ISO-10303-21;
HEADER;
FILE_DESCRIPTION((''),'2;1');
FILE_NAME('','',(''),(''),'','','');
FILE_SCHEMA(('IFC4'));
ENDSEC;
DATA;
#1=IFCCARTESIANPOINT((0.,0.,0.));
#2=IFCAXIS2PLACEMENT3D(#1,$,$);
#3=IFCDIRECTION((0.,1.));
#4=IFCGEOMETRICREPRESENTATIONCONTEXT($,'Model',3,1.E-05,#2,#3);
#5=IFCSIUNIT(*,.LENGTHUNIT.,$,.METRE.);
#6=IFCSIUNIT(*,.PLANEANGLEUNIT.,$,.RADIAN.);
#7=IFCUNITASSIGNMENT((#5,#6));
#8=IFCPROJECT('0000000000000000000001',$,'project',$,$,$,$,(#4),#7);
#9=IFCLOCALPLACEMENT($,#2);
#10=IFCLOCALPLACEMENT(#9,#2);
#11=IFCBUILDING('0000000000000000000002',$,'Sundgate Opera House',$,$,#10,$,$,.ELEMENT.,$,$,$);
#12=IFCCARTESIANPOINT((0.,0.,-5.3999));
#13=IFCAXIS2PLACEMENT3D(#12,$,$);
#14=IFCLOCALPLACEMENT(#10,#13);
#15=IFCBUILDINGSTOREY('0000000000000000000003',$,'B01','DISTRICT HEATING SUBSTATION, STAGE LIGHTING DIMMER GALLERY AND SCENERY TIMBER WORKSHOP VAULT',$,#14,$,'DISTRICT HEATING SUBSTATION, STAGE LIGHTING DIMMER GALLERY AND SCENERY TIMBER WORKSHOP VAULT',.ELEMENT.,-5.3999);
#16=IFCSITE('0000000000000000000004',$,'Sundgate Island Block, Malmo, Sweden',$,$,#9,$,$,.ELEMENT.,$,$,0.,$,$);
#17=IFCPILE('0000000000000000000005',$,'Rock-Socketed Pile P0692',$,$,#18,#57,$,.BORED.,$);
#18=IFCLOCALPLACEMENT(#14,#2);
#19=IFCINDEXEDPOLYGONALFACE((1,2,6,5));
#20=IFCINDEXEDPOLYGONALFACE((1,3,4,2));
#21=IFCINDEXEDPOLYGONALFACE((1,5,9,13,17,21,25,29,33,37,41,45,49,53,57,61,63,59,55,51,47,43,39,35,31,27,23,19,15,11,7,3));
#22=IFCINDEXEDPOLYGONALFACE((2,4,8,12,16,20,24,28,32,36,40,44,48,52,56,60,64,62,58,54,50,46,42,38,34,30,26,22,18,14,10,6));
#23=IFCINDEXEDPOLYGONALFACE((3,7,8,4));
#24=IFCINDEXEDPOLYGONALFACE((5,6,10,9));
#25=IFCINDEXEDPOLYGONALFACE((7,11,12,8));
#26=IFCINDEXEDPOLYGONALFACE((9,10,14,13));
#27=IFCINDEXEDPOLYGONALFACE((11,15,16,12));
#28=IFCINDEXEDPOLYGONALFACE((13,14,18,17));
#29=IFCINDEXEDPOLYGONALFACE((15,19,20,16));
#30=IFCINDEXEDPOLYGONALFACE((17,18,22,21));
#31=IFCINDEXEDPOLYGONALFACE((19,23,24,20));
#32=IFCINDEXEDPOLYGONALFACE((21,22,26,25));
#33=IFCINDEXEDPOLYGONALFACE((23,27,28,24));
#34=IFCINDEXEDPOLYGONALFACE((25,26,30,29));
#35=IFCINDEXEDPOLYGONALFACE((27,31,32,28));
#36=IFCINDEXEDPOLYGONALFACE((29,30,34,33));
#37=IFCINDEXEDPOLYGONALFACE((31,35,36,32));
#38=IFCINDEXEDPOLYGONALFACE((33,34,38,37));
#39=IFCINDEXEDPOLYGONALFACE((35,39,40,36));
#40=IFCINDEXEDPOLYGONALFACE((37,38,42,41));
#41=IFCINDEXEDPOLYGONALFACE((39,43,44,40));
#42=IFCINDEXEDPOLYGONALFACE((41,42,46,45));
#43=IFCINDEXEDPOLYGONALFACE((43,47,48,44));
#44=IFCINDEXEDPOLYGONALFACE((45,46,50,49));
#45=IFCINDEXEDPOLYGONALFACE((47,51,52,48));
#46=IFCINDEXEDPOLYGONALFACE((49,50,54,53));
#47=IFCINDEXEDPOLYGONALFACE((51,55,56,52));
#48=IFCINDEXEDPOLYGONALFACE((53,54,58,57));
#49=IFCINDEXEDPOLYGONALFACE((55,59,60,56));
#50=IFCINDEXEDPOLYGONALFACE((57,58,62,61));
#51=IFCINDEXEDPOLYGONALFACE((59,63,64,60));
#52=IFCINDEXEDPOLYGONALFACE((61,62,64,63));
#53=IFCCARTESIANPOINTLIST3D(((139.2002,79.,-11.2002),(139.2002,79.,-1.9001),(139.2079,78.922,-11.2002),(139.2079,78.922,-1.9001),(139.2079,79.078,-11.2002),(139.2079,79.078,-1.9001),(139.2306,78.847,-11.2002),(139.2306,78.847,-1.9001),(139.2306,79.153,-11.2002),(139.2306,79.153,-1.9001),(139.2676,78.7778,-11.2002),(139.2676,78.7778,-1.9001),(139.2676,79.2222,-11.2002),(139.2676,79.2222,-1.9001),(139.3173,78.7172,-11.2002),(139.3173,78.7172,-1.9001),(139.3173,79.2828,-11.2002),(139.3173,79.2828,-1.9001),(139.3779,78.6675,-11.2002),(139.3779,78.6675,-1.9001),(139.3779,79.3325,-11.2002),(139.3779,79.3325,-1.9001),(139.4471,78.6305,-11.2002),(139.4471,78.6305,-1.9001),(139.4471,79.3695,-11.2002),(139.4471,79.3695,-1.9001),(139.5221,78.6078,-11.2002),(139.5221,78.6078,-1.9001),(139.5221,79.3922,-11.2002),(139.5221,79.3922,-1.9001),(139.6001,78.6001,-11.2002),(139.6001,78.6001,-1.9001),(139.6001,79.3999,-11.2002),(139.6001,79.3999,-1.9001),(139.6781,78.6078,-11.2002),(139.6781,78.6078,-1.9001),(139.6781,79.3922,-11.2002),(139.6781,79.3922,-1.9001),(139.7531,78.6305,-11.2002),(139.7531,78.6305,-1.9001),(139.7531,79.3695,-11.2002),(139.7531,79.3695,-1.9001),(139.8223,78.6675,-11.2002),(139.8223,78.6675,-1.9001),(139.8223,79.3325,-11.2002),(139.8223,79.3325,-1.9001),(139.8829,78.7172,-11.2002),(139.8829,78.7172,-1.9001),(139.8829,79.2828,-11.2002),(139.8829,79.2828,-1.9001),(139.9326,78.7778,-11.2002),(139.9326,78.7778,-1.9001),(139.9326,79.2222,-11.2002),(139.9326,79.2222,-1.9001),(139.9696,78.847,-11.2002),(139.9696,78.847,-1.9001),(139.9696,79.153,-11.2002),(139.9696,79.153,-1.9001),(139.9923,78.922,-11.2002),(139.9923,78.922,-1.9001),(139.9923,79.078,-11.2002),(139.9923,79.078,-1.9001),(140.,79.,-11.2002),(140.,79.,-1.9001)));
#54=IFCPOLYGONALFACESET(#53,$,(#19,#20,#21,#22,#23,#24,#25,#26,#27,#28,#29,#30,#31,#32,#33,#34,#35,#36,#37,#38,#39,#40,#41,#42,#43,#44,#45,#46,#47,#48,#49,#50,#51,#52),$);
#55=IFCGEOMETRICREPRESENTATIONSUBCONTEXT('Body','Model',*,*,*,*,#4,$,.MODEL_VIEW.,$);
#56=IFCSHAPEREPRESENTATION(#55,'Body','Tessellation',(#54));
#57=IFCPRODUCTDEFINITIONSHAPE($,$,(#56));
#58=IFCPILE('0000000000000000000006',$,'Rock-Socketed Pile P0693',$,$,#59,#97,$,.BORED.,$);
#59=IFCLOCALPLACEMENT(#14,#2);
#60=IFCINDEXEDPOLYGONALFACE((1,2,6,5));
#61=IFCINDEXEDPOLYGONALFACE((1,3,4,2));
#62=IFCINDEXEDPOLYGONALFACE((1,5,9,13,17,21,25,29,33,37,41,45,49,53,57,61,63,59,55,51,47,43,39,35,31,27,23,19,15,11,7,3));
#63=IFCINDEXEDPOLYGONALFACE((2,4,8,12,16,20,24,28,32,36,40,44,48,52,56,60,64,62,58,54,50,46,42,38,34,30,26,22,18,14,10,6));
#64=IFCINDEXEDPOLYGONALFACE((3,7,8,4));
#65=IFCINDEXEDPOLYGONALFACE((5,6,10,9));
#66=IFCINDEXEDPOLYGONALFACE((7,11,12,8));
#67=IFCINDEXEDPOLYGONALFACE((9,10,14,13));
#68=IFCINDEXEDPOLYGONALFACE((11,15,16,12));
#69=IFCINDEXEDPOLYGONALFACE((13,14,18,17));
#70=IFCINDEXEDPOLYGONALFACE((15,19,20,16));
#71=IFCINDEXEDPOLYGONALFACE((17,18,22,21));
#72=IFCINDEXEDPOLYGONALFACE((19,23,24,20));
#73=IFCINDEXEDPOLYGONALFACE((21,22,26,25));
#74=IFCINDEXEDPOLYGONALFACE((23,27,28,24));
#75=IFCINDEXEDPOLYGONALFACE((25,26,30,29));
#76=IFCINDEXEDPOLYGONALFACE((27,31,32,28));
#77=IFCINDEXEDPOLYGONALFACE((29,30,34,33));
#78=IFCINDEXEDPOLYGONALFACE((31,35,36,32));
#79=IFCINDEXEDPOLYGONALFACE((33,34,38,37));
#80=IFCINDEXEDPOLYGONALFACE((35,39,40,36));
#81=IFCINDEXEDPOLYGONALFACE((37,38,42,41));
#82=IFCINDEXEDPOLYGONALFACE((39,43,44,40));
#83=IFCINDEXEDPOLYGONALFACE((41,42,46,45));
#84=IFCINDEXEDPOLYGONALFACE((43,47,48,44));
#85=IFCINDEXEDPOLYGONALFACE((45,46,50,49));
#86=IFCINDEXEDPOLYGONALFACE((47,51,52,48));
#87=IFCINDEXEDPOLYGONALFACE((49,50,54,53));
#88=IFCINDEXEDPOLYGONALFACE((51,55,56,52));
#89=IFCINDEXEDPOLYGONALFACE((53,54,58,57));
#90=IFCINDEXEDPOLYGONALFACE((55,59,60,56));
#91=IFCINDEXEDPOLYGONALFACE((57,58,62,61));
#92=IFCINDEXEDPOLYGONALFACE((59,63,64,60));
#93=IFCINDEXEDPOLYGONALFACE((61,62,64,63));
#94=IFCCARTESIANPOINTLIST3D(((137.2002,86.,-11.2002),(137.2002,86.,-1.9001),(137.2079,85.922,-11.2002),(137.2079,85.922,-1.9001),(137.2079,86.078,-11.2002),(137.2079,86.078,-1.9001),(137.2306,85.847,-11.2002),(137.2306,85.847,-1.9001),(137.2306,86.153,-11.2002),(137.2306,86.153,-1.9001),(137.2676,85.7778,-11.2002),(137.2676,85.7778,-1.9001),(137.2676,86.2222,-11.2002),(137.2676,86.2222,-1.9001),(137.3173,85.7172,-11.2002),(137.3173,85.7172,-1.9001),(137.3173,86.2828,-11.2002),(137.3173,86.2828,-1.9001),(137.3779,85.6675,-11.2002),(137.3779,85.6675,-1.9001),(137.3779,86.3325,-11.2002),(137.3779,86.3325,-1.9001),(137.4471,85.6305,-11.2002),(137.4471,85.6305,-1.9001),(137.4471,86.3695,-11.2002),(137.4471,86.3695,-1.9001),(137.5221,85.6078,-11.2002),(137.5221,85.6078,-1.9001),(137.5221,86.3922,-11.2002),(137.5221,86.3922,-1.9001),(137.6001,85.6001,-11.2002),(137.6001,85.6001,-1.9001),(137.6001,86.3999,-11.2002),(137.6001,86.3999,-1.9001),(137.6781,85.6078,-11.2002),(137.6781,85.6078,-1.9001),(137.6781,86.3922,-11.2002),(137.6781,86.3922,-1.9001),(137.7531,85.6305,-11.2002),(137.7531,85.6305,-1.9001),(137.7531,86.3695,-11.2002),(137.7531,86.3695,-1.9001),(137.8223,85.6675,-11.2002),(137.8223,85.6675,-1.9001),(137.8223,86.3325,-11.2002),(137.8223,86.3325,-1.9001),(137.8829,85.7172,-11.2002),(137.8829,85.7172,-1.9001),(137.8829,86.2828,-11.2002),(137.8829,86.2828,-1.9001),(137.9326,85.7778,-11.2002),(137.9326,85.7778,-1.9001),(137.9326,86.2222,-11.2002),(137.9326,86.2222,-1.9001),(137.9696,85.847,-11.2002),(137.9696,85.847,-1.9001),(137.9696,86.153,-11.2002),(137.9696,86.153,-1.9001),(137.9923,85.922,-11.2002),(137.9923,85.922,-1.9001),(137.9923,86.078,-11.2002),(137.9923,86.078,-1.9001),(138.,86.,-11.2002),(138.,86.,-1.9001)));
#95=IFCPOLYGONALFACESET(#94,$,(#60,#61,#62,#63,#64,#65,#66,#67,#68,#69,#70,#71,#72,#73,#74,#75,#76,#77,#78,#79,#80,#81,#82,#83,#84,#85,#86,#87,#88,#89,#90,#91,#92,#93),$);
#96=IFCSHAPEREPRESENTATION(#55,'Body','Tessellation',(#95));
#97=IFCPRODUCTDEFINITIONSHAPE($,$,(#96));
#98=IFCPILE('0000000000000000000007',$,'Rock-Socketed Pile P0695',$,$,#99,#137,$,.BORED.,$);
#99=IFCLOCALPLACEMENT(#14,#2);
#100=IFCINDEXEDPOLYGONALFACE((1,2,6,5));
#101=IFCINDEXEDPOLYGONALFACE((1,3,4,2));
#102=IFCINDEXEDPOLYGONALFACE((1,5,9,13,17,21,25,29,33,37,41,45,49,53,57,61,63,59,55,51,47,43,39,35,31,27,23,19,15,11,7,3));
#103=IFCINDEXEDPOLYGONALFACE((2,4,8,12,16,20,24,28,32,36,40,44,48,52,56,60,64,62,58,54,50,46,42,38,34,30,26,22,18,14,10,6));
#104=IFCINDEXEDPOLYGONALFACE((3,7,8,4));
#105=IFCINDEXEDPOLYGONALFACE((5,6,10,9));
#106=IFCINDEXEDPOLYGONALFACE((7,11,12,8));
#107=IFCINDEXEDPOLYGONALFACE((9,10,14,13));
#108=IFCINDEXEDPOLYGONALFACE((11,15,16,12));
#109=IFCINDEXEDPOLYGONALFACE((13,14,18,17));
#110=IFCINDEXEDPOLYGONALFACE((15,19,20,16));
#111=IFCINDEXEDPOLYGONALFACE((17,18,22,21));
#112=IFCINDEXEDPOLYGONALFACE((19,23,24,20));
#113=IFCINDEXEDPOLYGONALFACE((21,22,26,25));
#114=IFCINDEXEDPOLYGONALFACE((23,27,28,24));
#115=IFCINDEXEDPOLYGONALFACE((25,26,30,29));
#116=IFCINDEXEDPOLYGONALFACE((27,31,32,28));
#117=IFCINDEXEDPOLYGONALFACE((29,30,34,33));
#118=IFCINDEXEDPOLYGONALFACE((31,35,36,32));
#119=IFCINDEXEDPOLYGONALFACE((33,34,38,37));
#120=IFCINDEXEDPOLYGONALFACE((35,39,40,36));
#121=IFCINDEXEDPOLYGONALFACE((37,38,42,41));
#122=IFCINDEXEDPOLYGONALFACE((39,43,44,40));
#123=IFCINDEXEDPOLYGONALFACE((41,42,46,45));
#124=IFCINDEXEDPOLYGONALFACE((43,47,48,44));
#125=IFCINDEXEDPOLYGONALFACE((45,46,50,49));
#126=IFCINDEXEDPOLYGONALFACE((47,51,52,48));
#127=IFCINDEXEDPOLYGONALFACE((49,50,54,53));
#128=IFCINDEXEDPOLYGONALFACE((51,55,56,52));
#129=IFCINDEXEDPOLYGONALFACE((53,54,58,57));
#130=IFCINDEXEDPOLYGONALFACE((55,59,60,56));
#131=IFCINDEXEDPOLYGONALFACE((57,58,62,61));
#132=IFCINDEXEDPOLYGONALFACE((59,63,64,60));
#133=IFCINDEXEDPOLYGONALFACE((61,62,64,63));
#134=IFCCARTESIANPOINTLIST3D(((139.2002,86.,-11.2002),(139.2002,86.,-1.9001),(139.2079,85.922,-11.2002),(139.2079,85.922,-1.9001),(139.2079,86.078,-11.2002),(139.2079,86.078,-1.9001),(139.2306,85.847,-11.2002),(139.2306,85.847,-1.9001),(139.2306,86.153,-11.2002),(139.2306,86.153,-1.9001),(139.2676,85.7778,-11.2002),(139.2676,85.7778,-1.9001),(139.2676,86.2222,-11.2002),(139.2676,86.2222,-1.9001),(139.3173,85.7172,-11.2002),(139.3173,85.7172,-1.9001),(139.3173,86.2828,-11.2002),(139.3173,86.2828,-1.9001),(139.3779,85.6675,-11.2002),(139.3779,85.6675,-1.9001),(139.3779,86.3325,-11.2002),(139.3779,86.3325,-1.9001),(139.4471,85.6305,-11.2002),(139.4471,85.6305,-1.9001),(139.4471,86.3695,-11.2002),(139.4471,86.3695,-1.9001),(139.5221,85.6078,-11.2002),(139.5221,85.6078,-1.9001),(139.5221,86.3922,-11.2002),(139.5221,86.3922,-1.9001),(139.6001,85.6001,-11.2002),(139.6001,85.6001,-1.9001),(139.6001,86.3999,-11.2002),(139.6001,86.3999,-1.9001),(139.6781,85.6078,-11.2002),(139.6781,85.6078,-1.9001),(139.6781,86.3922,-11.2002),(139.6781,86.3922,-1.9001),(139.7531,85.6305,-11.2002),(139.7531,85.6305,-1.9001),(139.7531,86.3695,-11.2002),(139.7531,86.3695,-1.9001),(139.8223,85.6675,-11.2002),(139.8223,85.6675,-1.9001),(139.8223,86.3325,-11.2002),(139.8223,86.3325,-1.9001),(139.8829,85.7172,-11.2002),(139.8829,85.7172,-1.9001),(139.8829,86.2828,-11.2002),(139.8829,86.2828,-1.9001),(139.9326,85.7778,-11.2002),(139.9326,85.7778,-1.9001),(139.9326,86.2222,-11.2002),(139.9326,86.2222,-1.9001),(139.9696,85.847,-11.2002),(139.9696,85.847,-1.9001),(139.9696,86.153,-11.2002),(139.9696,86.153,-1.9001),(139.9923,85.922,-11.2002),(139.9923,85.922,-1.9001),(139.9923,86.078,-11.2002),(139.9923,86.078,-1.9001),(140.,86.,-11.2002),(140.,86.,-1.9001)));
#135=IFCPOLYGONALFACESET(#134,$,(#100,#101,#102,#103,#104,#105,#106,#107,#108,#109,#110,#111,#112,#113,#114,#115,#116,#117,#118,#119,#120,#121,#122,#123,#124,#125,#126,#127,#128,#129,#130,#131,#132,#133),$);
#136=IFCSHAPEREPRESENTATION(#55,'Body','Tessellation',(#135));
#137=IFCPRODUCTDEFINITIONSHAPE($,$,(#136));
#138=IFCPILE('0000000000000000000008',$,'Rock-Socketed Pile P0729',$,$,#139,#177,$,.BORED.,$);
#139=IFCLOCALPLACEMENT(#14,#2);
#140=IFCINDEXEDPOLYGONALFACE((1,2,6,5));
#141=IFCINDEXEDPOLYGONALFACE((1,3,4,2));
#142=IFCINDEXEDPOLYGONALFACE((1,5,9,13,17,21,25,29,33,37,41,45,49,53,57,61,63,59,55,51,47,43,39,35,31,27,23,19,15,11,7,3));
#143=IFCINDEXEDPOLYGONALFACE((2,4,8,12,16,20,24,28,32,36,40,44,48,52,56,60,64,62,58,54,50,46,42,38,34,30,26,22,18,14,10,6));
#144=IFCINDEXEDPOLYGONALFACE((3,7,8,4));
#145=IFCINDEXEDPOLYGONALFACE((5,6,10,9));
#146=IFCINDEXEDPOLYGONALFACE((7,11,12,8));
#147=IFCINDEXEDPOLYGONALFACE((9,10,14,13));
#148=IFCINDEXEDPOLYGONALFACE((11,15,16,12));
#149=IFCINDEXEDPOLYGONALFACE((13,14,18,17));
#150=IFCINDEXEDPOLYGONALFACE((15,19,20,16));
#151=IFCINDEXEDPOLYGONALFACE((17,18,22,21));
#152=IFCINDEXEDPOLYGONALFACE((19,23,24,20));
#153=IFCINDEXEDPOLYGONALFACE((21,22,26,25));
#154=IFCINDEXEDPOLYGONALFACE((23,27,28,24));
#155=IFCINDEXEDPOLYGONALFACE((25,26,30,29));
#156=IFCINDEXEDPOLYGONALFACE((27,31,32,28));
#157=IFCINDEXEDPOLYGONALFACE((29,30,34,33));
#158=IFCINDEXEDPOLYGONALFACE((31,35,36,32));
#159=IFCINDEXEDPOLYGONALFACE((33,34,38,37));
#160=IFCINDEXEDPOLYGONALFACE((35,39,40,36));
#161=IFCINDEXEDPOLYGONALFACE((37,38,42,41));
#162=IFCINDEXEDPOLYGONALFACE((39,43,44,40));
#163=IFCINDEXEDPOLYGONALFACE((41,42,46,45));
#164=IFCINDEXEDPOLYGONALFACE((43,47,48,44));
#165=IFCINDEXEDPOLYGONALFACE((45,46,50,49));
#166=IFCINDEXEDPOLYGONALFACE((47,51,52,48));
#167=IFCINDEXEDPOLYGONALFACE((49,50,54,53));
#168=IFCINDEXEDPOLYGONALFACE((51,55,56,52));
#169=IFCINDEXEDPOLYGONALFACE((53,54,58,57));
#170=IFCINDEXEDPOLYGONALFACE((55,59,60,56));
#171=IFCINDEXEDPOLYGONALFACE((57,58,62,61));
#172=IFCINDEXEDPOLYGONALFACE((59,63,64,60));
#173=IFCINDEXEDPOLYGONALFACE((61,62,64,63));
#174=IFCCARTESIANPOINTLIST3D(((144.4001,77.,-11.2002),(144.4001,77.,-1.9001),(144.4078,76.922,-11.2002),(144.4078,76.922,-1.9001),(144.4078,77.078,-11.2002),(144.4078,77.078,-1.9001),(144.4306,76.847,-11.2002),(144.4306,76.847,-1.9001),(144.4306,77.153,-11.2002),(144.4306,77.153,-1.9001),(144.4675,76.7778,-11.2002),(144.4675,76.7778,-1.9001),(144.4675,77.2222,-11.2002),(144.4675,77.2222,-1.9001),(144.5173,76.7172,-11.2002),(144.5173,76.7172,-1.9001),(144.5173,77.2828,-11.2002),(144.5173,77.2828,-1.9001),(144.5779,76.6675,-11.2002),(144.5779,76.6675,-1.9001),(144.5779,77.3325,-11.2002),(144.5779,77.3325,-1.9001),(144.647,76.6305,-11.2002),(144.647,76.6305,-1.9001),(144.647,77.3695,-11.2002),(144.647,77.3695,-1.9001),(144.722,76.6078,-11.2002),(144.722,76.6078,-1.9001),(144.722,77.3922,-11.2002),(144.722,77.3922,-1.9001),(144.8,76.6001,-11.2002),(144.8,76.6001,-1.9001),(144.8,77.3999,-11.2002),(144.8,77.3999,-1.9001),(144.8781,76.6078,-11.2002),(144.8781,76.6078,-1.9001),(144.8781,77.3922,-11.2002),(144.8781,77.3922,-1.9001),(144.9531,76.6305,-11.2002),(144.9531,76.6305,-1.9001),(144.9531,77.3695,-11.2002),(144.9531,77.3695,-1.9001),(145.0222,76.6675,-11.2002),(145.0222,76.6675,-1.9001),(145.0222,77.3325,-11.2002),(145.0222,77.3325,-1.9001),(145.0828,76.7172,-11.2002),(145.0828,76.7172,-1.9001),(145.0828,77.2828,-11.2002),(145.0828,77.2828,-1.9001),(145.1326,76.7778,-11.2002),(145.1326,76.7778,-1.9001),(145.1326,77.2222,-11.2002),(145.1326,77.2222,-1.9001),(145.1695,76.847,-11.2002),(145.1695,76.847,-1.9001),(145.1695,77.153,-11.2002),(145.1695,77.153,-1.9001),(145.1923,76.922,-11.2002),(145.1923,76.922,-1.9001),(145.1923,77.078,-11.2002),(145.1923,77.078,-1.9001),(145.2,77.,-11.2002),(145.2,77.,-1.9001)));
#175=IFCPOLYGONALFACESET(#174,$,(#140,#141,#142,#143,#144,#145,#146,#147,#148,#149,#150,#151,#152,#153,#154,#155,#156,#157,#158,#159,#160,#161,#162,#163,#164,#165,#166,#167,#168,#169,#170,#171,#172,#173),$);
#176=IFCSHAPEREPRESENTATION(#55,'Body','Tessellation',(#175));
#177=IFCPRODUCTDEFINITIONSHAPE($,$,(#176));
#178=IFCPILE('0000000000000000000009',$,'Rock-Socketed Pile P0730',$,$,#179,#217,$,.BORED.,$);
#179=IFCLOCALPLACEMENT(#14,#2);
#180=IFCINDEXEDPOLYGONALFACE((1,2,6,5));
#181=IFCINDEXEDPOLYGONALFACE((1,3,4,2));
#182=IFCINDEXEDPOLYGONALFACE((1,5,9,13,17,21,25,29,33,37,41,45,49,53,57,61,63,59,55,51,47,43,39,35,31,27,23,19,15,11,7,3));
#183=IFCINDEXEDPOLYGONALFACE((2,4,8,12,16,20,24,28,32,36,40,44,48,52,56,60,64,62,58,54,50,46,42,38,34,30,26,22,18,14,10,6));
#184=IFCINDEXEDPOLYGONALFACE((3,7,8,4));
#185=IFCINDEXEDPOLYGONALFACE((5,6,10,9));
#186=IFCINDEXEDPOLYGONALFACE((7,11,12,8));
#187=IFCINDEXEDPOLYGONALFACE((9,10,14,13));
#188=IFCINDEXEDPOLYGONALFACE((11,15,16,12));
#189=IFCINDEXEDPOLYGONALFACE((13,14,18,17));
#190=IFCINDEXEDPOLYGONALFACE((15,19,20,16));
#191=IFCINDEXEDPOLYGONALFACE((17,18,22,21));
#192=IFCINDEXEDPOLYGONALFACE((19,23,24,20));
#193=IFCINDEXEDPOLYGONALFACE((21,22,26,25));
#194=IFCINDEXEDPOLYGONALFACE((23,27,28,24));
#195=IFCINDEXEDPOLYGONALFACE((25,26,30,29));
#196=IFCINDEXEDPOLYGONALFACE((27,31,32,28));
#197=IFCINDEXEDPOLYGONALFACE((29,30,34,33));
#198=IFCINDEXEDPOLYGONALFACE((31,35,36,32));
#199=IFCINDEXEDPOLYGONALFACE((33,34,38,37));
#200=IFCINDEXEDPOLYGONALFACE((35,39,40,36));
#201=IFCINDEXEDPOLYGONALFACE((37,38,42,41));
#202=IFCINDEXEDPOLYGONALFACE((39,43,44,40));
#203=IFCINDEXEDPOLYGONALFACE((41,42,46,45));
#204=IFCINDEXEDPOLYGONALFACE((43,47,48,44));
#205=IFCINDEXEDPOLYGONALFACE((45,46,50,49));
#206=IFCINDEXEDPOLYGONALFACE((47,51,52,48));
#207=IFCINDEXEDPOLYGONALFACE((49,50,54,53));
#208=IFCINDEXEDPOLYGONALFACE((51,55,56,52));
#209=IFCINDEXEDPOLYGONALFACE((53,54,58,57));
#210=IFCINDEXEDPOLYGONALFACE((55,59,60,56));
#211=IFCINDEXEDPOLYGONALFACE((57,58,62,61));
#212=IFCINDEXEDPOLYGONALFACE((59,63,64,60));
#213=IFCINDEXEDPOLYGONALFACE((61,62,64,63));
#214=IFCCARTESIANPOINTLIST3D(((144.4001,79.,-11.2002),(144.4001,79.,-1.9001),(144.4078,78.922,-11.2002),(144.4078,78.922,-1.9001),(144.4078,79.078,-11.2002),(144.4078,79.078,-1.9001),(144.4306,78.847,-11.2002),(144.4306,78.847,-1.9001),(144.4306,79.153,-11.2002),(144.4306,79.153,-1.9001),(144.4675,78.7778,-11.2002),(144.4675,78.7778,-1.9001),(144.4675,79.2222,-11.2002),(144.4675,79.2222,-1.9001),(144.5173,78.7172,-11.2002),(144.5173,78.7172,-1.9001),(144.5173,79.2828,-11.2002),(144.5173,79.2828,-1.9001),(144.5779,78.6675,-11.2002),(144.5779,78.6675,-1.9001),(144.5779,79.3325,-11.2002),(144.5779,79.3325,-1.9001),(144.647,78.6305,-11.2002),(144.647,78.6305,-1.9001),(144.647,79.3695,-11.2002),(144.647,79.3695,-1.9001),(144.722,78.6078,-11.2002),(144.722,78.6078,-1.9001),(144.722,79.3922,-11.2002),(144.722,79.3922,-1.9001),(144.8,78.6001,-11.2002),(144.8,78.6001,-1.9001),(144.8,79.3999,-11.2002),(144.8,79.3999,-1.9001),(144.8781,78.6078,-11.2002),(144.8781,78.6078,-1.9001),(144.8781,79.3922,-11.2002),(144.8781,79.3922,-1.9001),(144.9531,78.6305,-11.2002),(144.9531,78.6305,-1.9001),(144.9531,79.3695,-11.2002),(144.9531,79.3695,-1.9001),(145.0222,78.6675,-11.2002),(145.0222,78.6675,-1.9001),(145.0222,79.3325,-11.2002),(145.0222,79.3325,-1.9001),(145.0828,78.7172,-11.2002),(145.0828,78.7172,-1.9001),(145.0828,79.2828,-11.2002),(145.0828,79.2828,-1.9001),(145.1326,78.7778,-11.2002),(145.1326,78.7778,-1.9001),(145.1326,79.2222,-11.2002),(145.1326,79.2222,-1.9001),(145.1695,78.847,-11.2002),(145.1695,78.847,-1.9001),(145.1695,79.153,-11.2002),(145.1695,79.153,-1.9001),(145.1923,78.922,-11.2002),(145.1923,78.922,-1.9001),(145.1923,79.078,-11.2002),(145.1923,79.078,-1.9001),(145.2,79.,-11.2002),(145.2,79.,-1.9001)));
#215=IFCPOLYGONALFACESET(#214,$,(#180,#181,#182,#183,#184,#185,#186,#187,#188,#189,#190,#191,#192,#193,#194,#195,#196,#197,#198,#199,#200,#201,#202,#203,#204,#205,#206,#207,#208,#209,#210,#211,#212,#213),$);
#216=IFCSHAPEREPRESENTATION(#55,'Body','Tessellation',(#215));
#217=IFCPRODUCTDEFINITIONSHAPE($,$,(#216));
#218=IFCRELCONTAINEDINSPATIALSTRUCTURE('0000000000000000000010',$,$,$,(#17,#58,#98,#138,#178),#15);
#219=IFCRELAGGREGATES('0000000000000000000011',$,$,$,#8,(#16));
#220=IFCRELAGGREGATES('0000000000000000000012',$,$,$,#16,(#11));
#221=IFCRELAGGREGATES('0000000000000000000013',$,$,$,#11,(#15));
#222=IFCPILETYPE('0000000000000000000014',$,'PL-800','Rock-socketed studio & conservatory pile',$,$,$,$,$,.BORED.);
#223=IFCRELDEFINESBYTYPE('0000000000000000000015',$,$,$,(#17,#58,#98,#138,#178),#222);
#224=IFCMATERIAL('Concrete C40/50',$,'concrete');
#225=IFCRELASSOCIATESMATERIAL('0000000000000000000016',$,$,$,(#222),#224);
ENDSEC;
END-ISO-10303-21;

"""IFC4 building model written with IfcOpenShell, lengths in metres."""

from ifc_helpers import new_model, si_unit, direction, frame, origin, origin_2d, place, context, subcontext, project, spatial, circle, extrude, material, material_profile, profile_set, type_object, element, save


model = new_model("IFC4")

# Units and contexts
model_context = context("Model", 3, precision=1e-05, world=origin(), true_north=direction((0.0, 1.0)))
body_context = subcontext(model_context, "Body", "Model", "MODEL_VIEW")
ifc_project = project(units=[si_unit("LENGTHUNIT", "METRE"), si_unit("PLANEANGLEUNIT", "RADIAN")], contexts=[model_context])

# Site, building, storey
site_placement = place(None, origin())
site = spatial("IfcSite", under=ifc_project, at=site_placement, Name="Sundgate Island Block, Malmo, Sweden", CompositionType="ELEMENT", RefElevation=0.0)
building_placement = place(site_placement, origin())
building = spatial("IfcBuilding", under=site, at=building_placement, Name="Sundgate Opera House", CompositionType="ELEMENT")
storey_placement = place(building_placement, frame((0.0, 0.0, -5.3999)))
storey = spatial("IfcBuildingStorey", under=building, at=storey_placement, Name="B01", Description="DISTRICT HEATING SUBSTATION, STAGE LIGHTING DIMMER GALLERY AND SCENERY TIMBER WORKSHOP VAULT", LongName="DISTRICT HEATING SUBSTATION, STAGE LIGHTING DIMMER GALLERY AND SCENERY TIMBER WORKSHOP VAULT", CompositionType="ELEMENT", Elevation=-5.3999)

# Piles
ifc_material_1 = material(Name="Concrete C40/50", Category="concrete")
ifc_material_profile_1 = material_profile(ifc_material_1, circle(Radius=0.3999, at=origin_2d()), Name="PILE D800")
ifc_profile_set_1 = profile_set([ifc_material_profile_1], Name="Concrete C40/50")
pile_type = type_object("IfcPileType", Name="PL-800", Description="Rock-socketed studio & conservatory pile", PredefinedType="BORED", material=ifc_profile_set_1)
for number, where, z_axis, x_axis, name in (
    (1, (139.6001, 79.0, -1.9001), (0.0, 0.0, -1.0), (1.0, 0.0, 0.0), "Rock-Socketed Pile P0692"),
    (2, (137.6001, 86.0, -1.9001), (0.0, 0.0, -1.0), (1.0, 0.0, 0.0), "Rock-Socketed Pile P0693"),
    (3, (139.6001, 86.0, -1.9001), (0.0, 0.0, -1.0), (1.0, 0.0, 0.0), "Rock-Socketed Pile P0695"),
    (4, (144.8, 77.0, -1.9001), (0.0, 0.0, -1.0), (1.0, 0.0, 0.0), "Rock-Socketed Pile P0729"),
    (5, (144.8, 79.0, -1.9001), (0.0, 0.0, -1.0), (1.0, 0.0, 0.0), "Rock-Socketed Pile P0730"),
):
    element("IfcPile", number, at=place(storey_placement, frame(where, z_axis=z_axis, x_axis=x_axis)), inside=storey, type_object=pile_type, Name=name, PredefinedType="BORED", context=body_context, shape_type="SweptSolid", body=[
        extrude(circle(Radius=0.3999, at=origin_2d()), origin(), (0.0, 0.0, 1.0), 9.3),
    ])

save(model, "model.ifc")
